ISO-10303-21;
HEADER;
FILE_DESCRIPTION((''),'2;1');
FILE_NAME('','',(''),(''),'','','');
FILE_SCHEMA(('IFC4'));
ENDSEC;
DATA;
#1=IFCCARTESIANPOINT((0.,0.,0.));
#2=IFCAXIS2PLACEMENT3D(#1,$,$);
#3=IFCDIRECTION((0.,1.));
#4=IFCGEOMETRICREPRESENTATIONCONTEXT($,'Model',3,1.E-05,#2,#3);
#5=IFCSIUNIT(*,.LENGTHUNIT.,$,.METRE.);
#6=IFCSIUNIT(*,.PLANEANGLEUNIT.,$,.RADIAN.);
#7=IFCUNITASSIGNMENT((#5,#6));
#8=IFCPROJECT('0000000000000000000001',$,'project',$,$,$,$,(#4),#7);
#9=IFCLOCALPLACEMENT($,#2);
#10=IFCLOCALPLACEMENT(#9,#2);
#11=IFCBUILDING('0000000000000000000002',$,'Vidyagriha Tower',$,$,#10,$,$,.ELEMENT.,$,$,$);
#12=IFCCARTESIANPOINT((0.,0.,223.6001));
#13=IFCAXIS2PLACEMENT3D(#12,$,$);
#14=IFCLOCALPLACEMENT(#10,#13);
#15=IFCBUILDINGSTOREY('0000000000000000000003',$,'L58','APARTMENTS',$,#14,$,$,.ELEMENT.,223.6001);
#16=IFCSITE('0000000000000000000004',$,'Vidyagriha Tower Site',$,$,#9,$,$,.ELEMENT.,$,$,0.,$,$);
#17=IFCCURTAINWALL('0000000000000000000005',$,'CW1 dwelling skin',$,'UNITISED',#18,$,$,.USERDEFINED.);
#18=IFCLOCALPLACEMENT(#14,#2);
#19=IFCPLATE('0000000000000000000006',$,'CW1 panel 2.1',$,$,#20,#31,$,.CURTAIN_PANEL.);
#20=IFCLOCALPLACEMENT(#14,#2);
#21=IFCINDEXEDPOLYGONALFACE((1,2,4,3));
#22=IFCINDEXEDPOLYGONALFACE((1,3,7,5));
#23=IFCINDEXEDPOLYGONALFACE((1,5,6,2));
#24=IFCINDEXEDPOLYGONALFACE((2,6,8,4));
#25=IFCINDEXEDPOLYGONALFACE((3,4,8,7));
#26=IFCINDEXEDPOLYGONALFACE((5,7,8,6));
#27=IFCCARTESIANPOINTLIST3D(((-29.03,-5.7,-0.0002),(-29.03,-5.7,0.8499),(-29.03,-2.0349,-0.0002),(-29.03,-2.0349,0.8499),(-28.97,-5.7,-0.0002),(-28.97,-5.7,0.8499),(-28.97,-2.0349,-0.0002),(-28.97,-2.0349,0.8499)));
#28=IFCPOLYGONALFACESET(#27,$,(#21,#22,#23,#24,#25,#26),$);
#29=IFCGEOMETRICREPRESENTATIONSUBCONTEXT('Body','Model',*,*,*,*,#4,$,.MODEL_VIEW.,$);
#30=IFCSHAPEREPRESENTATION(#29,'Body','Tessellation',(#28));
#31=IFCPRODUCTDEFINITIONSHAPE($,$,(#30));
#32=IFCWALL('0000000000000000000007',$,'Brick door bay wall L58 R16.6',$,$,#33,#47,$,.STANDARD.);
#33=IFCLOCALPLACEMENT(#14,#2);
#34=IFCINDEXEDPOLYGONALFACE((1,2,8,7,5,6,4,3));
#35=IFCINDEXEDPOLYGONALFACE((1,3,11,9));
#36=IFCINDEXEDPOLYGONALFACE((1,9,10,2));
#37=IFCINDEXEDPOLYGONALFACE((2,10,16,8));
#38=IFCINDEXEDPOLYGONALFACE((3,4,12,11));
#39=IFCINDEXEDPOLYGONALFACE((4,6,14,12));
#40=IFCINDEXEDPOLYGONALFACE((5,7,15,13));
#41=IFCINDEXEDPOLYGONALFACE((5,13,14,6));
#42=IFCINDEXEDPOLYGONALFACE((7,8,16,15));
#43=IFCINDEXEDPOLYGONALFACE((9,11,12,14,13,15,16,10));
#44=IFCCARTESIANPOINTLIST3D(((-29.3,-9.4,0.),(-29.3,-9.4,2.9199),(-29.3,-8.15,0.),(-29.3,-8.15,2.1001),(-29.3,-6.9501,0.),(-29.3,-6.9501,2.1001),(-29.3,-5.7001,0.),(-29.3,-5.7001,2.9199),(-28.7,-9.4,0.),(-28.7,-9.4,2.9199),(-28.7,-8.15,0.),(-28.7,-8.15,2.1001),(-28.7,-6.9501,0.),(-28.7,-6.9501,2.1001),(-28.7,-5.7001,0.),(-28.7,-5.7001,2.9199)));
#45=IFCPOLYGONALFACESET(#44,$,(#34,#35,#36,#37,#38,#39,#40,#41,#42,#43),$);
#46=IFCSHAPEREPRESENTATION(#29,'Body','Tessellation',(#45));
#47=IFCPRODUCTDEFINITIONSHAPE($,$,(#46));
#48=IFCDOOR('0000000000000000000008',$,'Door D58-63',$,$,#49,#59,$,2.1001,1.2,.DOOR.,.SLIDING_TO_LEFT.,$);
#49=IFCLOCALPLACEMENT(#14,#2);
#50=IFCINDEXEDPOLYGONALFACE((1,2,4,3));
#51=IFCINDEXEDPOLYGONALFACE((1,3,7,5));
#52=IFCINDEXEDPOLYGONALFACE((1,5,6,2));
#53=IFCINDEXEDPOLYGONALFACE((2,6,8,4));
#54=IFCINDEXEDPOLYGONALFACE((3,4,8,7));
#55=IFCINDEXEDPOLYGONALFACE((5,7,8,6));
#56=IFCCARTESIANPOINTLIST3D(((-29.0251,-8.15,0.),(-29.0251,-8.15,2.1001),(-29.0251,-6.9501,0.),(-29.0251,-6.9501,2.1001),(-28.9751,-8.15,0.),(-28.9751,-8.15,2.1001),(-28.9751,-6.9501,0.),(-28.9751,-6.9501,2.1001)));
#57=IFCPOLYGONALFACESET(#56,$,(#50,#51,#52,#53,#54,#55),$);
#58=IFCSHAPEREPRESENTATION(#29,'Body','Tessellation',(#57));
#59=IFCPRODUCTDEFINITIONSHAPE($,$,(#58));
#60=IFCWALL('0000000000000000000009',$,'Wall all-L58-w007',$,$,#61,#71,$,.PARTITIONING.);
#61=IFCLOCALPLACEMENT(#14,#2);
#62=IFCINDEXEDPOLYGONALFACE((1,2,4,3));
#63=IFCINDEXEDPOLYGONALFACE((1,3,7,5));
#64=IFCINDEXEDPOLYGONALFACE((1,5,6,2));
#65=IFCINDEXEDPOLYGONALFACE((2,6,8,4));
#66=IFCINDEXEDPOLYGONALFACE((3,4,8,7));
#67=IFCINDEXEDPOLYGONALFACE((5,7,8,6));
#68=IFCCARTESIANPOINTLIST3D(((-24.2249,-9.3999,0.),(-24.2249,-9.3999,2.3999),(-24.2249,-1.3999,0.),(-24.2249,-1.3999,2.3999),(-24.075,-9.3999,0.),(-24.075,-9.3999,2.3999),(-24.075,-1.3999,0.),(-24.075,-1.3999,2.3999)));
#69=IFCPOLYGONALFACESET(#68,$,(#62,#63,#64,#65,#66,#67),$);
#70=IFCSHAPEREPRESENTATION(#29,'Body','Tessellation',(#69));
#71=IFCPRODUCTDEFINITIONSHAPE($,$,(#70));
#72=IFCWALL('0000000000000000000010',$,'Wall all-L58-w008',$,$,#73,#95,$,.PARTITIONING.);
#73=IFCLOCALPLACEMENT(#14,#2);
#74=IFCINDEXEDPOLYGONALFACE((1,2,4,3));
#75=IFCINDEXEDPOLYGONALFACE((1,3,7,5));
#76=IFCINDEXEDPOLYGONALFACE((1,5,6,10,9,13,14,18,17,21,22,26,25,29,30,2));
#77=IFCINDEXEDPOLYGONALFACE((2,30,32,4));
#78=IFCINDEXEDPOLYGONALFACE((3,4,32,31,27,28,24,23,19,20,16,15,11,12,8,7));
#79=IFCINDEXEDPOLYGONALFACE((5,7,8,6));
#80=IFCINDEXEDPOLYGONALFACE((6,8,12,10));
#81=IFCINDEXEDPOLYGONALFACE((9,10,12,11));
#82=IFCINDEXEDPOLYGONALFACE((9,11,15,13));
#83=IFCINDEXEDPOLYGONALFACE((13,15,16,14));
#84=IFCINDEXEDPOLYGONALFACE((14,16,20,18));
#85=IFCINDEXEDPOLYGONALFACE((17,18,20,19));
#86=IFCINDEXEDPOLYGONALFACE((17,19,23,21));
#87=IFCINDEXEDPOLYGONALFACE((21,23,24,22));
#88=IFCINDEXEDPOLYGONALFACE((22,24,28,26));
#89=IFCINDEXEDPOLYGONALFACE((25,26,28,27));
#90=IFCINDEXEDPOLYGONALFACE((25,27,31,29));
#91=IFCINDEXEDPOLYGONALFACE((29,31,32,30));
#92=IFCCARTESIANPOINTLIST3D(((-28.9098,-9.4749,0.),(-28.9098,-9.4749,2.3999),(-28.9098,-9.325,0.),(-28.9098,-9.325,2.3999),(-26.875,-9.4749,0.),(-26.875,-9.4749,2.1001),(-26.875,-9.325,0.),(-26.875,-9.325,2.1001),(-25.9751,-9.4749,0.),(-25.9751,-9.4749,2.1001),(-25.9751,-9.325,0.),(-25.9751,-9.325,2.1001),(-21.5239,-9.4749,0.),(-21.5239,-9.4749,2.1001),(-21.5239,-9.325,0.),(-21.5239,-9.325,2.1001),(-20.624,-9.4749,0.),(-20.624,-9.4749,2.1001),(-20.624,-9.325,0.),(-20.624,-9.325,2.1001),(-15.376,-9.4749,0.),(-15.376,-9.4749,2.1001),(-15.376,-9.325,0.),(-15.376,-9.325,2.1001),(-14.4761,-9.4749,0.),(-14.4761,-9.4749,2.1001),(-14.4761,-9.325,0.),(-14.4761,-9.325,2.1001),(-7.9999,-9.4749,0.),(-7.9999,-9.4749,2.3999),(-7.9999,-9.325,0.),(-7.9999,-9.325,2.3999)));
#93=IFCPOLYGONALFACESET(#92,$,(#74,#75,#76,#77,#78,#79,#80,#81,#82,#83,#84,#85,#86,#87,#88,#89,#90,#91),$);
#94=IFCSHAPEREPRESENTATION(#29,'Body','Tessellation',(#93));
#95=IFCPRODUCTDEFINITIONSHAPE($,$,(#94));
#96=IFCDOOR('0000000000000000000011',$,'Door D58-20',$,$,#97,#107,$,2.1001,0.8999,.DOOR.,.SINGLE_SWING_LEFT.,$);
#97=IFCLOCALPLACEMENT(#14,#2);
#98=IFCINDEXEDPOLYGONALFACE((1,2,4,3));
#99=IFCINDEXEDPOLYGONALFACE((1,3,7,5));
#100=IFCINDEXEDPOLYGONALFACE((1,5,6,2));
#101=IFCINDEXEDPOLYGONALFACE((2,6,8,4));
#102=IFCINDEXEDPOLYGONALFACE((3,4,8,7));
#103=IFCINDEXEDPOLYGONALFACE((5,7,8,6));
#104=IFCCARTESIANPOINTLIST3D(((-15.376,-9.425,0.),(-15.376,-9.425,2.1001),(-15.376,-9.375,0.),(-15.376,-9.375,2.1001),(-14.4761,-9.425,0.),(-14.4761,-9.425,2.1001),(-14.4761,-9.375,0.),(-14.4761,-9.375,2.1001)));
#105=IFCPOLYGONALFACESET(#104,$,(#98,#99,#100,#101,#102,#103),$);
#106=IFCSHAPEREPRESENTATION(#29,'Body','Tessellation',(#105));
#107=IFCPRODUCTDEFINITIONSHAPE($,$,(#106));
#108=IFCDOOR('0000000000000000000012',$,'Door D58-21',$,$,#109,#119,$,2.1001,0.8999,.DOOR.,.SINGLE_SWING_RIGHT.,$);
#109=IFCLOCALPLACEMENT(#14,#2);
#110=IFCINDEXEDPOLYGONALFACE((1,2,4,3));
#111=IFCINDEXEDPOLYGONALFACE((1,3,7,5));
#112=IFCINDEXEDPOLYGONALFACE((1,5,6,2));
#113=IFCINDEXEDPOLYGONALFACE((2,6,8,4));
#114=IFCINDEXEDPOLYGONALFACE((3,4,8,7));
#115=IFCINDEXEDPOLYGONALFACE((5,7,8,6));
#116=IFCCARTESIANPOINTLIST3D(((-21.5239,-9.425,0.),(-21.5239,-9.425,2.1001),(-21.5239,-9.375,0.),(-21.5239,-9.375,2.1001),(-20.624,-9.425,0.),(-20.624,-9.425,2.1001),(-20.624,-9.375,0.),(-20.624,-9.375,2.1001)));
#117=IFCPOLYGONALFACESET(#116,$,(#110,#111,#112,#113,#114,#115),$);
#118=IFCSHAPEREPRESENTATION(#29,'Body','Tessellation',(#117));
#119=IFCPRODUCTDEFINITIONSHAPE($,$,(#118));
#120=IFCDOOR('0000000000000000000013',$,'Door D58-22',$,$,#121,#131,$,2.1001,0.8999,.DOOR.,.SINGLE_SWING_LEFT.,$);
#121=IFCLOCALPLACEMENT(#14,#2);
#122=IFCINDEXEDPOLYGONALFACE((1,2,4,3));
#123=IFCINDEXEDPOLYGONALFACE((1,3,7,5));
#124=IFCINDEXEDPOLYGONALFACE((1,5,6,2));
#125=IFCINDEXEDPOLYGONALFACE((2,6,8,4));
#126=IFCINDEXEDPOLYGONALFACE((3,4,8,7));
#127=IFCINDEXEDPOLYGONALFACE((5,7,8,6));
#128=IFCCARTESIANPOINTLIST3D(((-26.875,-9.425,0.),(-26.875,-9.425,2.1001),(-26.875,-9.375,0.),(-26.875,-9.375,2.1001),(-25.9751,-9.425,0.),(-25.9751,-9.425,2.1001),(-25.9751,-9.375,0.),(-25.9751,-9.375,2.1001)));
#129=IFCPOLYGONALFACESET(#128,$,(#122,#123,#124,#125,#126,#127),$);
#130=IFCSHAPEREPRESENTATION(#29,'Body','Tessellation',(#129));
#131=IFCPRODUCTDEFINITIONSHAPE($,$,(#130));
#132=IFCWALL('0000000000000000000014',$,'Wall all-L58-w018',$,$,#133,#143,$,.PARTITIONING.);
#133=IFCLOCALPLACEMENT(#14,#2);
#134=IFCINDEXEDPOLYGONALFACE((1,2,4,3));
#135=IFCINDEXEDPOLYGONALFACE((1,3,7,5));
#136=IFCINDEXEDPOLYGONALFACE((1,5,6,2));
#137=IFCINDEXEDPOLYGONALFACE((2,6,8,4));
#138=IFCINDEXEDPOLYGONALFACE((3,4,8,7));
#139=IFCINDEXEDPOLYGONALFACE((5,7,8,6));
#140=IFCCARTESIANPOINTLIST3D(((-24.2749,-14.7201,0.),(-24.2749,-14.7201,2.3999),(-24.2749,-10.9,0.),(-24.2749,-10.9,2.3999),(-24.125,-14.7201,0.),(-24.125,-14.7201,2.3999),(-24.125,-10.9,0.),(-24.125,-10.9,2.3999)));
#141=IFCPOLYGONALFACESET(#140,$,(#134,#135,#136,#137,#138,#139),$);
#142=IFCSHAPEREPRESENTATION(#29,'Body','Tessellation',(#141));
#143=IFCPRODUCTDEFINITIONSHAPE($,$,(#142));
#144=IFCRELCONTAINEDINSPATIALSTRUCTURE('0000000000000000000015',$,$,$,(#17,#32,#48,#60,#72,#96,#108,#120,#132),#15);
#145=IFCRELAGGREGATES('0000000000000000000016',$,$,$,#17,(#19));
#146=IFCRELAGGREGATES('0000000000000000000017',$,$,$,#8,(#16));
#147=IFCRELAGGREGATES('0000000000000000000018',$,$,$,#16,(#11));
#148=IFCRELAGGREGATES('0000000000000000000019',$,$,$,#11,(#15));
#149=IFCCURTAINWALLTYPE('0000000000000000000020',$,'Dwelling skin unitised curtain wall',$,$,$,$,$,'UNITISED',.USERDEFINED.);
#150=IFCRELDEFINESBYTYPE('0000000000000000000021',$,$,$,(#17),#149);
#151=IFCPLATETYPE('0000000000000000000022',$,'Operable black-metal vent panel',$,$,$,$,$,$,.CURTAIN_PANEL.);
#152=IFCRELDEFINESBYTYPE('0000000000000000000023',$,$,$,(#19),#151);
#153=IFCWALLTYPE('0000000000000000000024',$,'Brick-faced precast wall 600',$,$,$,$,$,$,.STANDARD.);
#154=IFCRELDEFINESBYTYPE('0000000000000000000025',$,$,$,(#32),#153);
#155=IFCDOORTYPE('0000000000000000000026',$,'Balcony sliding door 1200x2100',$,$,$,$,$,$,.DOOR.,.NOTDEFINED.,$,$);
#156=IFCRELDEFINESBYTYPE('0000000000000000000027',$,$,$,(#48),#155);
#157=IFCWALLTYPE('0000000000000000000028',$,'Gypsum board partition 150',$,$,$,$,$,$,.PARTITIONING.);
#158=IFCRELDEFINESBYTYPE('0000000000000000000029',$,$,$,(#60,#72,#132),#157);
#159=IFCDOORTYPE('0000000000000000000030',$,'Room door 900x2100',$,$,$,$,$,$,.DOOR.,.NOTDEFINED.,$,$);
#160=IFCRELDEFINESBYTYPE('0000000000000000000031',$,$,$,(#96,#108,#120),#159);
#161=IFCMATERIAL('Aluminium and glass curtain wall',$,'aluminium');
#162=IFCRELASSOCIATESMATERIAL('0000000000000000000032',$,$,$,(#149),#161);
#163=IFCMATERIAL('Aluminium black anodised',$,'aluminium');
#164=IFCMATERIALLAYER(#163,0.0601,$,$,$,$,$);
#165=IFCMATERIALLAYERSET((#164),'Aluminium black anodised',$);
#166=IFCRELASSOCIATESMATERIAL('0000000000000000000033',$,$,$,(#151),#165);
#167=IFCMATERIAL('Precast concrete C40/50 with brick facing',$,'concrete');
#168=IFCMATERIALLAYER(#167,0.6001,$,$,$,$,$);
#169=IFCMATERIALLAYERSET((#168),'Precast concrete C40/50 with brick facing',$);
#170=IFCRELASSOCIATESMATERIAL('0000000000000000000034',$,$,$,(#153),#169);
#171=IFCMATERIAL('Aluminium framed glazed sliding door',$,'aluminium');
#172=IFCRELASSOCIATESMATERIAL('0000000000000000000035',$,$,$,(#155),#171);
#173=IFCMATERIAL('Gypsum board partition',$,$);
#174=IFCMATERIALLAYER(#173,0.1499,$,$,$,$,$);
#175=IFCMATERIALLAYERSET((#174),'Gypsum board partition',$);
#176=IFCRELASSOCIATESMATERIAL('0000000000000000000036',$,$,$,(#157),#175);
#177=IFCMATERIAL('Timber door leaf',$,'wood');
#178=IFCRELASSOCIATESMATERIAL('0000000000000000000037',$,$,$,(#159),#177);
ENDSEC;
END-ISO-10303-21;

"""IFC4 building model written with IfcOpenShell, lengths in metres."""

from ifc_helpers import new_model, si_unit, direction, frame, frame_2d, origin, origin_2d, place, context, subcontext, project, spatial, rectangle, extrude, material, layer, layer_set, type_object, element, fill, aggregate, save


model = new_model("IFC4")

# Units and contexts
model_context = context("Model", 3, precision=1e-05, world=origin(), true_north=direction((0.0, 1.0)))
body_context = subcontext(model_context, "Body", "Model", "MODEL_VIEW")
ifc_project = project(units=[si_unit("LENGTHUNIT", "METRE"), si_unit("PLANEANGLEUNIT", "RADIAN")], contexts=[model_context])

# Site, building, storey
site_placement = place(None, origin())
site = spatial("IfcSite", under=ifc_project, at=site_placement, Name="Vidyagriha Tower Site", CompositionType="ELEMENT", RefElevation=0.0)
building_placement = place(site_placement, origin())
building = spatial("IfcBuilding", under=site, at=building_placement, Name="Vidyagriha Tower", CompositionType="ELEMENT")
storey_placement = place(building_placement, frame((0.0, 0.0, 223.6001)))
storey = spatial("IfcBuildingStorey", under=building, at=storey_placement, Name="L58", Description="APARTMENTS", CompositionType="ELEMENT", Elevation=223.6001)

# Curtain wall
ifc_material_1 = material(Name="Aluminium and glass curtain wall", Category="aluminium")
curtain_wall_type = type_object("IfcCurtainWallType", Name="Dwelling skin unitised curtain wall", ElementType="UNITISED", PredefinedType="USERDEFINED", material=ifc_material_1)
curtain_wall_1_placement = place(storey_placement, origin())
curtain_wall_1 = element("IfcCurtainWall", 1, at=curtain_wall_1_placement, inside=storey, type_object=curtain_wall_type, Name="CW1 dwelling skin", ObjectType="UNITISED", PredefinedType="USERDEFINED")

# Plate
ifc_material_2 = material(Name="Aluminium black anodised", Category="aluminium")
ifc_layer_1 = layer(ifc_material_2, 0.0601)
ifc_layer_set_1 = layer_set([ifc_layer_1], Name="Aluminium black anodised")
plate_type_1 = type_object("IfcPlateType", Name="Operable black-metal vent panel", PredefinedType="CURTAIN_PANEL", material=ifc_layer_set_1)
plate_1_placement = place(storey_placement, frame((-29.0, -3.8674, -0.0002), z_axis=(0.0, 0.0, 1.0), x_axis=(0.0, -1.0, 0.0)))
plate_1 = element("IfcPlate", 2, at=plate_1_placement, type_object=plate_type_1, Name="CW1 panel 2.1", PredefinedType="CURTAIN_PANEL", context=body_context, shape_type="SweptSolid", body=[
    extrude(rectangle(XDim=3.665, YDim=0.0601, at=origin_2d()), origin(), (0.0, 0.0, 1.0), 0.8501),
])
aggregate(curtain_wall_1, [plate_1])

# Wall, opening, door
ifc_material_3 = material(Name="Precast concrete C40/50 with brick facing", Category="concrete")
ifc_layer_2 = layer(ifc_material_3, 0.6001)
ifc_layer_set_2 = layer_set([ifc_layer_2], Name="Precast concrete C40/50 with brick facing")
wall_type_1 = type_object("IfcWallType", Name="Brick-faced precast wall 600", PredefinedType="STANDARD", material=ifc_layer_set_2)
wall_1_placement = place(storey_placement, frame((-29.0, -5.7, 0.0), z_axis=(0.0, 0.0, 1.0), x_axis=(0.0, -1.0, 0.0)))
wall_1 = element("IfcWall", 3, at=wall_1_placement, inside=storey, type_object=wall_type_1, Name="Brick door bay wall L58 R16.6", PredefinedType="STANDARD", context=body_context, shape_type="SweptSolid", body=[
    extrude(rectangle(XDim=3.7, YDim=0.6001, at=frame_2d((1.8501, 0.0))), origin(), (0.0, 0.0, 1.0), 2.9199),
])
opening_1_placement = place(wall_1_placement, frame((1.25, 0.0, 0.0)))
opening_1 = element("IfcOpeningElement", 4, at=opening_1_placement, cuts=wall_1, PredefinedType="OPENING", context=body_context, shape_type="SweptSolid", body=[
    extrude(rectangle(XDim=1.2, YDim=2.1001, at=frame_2d((0.6001, 1.05))), frame((0.0, 0.3101, 0.0), z_axis=(0.0, -1.0, 0.0), x_axis=(1.0, 0.0, 0.0)), (0.0, 0.0, 1.0), 0.6201),
])
ifc_material_4 = material(Name="Aluminium framed glazed sliding door", Category="aluminium")
door_type_1 = type_object("IfcDoorType", Name="Balcony sliding door 1200x2100", OperationType="NOTDEFINED", PredefinedType="DOOR", material=ifc_material_4)
door_1_placement = place(opening_1_placement, origin())
door_1 = element("IfcDoor", 5, at=door_1_placement, inside=storey, type_object=door_type_1, Name="Door D58-63", OperationType="SLIDING_TO_LEFT", OverallHeight=2.1001, OverallWidth=1.2, PredefinedType="DOOR", context=body_context, shape_type="SweptSolid", body=[
    extrude(rectangle(XDim=1.2, YDim=2.1001, at=frame_2d((0.6001, 1.05))), frame((0.0, 0.0249, 0.0), z_axis=(0.0, -1.0, 0.0), x_axis=(1.0, 0.0, 0.0)), (0.0, 0.0, 1.0), 0.05),
])
fill(opening_1, door_1)

# Wall
ifc_material_5 = material(Name="Gypsum board partition")
ifc_layer_3 = layer(ifc_material_5, 0.1499)
ifc_layer_set_3 = layer_set([ifc_layer_3], Name="Gypsum board partition")
wall_type_2 = type_object("IfcWallType", Name="Gypsum board partition 150", PredefinedType="PARTITIONING", material=ifc_layer_set_3)
wall_2_placement = place(storey_placement, frame((-24.1499, -9.3999, 0.0), z_axis=(0.0, 0.0, 1.0), x_axis=(0.0, 1.0, 0.0)))
element("IfcWall", 6, at=wall_2_placement, inside=storey, type_object=wall_type_2, Name="Wall all-L58-w007", PredefinedType="PARTITIONING", context=body_context, shape_type="SweptSolid", body=[
    extrude(rectangle(XDim=8.0, YDim=0.1499, at=frame_2d((4.0, 0.0))), origin(), (0.0, 0.0, 1.0), 2.3999),
])

# Wall, openings, doors
wall_3_placement = place(storey_placement, frame((-28.9099, -9.3999, 0.0)))
wall_3 = element("IfcWall", 7, at=wall_3_placement, inside=storey, type_object=wall_type_2, Name="Wall all-L58-w008", PredefinedType="PARTITIONING", context=body_context, shape_type="SweptSolid", body=[
    extrude(rectangle(XDim=20.9099, YDim=0.1499, at=frame_2d((10.4551, 0.0))), origin(), (0.0, 0.0, 1.0), 2.3999),
])
opening_2_placement = place(wall_3_placement, frame((13.5339, 0.0, 0.0)))
opening_2 = element("IfcOpeningElement", 8, at=opening_2_placement, cuts=wall_3, PredefinedType="OPENING", context=body_context, shape_type="SweptSolid", body=[
    extrude(rectangle(XDim=0.8999, YDim=2.1001, at=frame_2d((0.45, 1.05))), frame((0.0, 0.085, 0.0), z_axis=(0.0, -1.0, 0.0), x_axis=(1.0, 0.0, 0.0)), (0.0, 0.0, 1.0), 0.1699),
])
opening_3_placement = place(wall_3_placement, frame((7.386, 0.0, 0.0)))
opening_3 = element("IfcOpeningElement", 9, at=opening_3_placement, cuts=wall_3, PredefinedType="OPENING", context=body_context, shape_type="SweptSolid", body=[
    extrude(rectangle(XDim=0.8999, YDim=2.1001, at=frame_2d((0.45, 1.05))), frame((0.0, 0.085, 0.0), z_axis=(0.0, -1.0, 0.0), x_axis=(1.0, 0.0, 0.0)), (0.0, 0.0, 1.0), 0.1699),
])
opening_4_placement = place(wall_3_placement, frame((2.0349, 0.0, 0.0)))
opening_4 = element("IfcOpeningElement", 10, at=opening_4_placement, cuts=wall_3, PredefinedType="OPENING", context=body_context, shape_type="SweptSolid", body=[
    extrude(rectangle(XDim=0.8999, YDim=2.1001, at=frame_2d((0.45, 1.05))), frame((0.0, 0.085, 0.0), z_axis=(0.0, -1.0, 0.0), x_axis=(1.0, 0.0, 0.0)), (0.0, 0.0, 1.0), 0.1699),
])
ifc_material_6 = material(Name="Timber door leaf", Category="wood")
door_type_2 = type_object("IfcDoorType", Name="Room door 900x2100", OperationType="NOTDEFINED", PredefinedType="DOOR", material=ifc_material_6)
door_2_placement = place(opening_2_placement, origin())
door_2 = element("IfcDoor", 11, at=door_2_placement, inside=storey, type_object=door_type_2, Name="Door D58-20", OperationType="SINGLE_SWING_LEFT", OverallHeight=2.1001, OverallWidth=0.8999, PredefinedType="DOOR", context=body_context, shape_type="SweptSolid", body=[
    extrude(rectangle(XDim=0.8999, YDim=2.1001, at=frame_2d((0.45, 1.05))), frame((0.0, 0.0249, 0.0), z_axis=(0.0, -1.0, 0.0), x_axis=(1.0, 0.0, 0.0)), (0.0, 0.0, 1.0), 0.05),
])
fill(opening_2, door_2)
door_3_placement = place(opening_3_placement, origin())
door_3 = element("IfcDoor", 12, at=door_3_placement, inside=storey, type_object=door_type_2, Name="Door D58-21", OperationType="SINGLE_SWING_RIGHT", OverallHeight=2.1001, OverallWidth=0.8999, PredefinedType="DOOR", context=body_context, shape_type="SweptSolid", body=[
    extrude(rectangle(XDim=0.8999, YDim=2.1001, at=frame_2d((0.45, 1.05))), frame((0.0, 0.0249, 0.0), z_axis=(0.0, -1.0, 0.0), x_axis=(1.0, 0.0, 0.0)), (0.0, 0.0, 1.0), 0.05),
])
fill(opening_3, door_3)
door_4_placement = place(opening_4_placement, origin())
door_4 = element("IfcDoor", 13, at=door_4_placement, inside=storey, type_object=door_type_2, Name="Door D58-22", OperationType="SINGLE_SWING_LEFT", OverallHeight=2.1001, OverallWidth=0.8999, PredefinedType="DOOR", context=body_context, shape_type="SweptSolid", body=[
    extrude(rectangle(XDim=0.8999, YDim=2.1001, at=frame_2d((0.45, 1.05))), frame((0.0, 0.0249, 0.0), z_axis=(0.0, -1.0, 0.0), x_axis=(1.0, 0.0, 0.0)), (0.0, 0.0, 1.0), 0.05),
])
fill(opening_4, door_4)

# Wall
wall_4_placement = place(storey_placement, frame((-24.2, -10.8999, 0.0), z_axis=(0.0, 0.0, 1.0), x_axis=(0.0, -1.0, 0.0)))
element("IfcWall", 14, at=wall_4_placement, inside=storey, type_object=wall_type_2, Name="Wall all-L58-w018", PredefinedType="PARTITIONING", context=body_context, shape_type="SweptSolid", body=[
    extrude(rectangle(XDim=3.8201, YDim=0.1499, at=frame_2d((1.9102, 0.0))), origin(), (0.0, 0.0, 1.0), 2.3999),
])

save(model, "model.ifc")
